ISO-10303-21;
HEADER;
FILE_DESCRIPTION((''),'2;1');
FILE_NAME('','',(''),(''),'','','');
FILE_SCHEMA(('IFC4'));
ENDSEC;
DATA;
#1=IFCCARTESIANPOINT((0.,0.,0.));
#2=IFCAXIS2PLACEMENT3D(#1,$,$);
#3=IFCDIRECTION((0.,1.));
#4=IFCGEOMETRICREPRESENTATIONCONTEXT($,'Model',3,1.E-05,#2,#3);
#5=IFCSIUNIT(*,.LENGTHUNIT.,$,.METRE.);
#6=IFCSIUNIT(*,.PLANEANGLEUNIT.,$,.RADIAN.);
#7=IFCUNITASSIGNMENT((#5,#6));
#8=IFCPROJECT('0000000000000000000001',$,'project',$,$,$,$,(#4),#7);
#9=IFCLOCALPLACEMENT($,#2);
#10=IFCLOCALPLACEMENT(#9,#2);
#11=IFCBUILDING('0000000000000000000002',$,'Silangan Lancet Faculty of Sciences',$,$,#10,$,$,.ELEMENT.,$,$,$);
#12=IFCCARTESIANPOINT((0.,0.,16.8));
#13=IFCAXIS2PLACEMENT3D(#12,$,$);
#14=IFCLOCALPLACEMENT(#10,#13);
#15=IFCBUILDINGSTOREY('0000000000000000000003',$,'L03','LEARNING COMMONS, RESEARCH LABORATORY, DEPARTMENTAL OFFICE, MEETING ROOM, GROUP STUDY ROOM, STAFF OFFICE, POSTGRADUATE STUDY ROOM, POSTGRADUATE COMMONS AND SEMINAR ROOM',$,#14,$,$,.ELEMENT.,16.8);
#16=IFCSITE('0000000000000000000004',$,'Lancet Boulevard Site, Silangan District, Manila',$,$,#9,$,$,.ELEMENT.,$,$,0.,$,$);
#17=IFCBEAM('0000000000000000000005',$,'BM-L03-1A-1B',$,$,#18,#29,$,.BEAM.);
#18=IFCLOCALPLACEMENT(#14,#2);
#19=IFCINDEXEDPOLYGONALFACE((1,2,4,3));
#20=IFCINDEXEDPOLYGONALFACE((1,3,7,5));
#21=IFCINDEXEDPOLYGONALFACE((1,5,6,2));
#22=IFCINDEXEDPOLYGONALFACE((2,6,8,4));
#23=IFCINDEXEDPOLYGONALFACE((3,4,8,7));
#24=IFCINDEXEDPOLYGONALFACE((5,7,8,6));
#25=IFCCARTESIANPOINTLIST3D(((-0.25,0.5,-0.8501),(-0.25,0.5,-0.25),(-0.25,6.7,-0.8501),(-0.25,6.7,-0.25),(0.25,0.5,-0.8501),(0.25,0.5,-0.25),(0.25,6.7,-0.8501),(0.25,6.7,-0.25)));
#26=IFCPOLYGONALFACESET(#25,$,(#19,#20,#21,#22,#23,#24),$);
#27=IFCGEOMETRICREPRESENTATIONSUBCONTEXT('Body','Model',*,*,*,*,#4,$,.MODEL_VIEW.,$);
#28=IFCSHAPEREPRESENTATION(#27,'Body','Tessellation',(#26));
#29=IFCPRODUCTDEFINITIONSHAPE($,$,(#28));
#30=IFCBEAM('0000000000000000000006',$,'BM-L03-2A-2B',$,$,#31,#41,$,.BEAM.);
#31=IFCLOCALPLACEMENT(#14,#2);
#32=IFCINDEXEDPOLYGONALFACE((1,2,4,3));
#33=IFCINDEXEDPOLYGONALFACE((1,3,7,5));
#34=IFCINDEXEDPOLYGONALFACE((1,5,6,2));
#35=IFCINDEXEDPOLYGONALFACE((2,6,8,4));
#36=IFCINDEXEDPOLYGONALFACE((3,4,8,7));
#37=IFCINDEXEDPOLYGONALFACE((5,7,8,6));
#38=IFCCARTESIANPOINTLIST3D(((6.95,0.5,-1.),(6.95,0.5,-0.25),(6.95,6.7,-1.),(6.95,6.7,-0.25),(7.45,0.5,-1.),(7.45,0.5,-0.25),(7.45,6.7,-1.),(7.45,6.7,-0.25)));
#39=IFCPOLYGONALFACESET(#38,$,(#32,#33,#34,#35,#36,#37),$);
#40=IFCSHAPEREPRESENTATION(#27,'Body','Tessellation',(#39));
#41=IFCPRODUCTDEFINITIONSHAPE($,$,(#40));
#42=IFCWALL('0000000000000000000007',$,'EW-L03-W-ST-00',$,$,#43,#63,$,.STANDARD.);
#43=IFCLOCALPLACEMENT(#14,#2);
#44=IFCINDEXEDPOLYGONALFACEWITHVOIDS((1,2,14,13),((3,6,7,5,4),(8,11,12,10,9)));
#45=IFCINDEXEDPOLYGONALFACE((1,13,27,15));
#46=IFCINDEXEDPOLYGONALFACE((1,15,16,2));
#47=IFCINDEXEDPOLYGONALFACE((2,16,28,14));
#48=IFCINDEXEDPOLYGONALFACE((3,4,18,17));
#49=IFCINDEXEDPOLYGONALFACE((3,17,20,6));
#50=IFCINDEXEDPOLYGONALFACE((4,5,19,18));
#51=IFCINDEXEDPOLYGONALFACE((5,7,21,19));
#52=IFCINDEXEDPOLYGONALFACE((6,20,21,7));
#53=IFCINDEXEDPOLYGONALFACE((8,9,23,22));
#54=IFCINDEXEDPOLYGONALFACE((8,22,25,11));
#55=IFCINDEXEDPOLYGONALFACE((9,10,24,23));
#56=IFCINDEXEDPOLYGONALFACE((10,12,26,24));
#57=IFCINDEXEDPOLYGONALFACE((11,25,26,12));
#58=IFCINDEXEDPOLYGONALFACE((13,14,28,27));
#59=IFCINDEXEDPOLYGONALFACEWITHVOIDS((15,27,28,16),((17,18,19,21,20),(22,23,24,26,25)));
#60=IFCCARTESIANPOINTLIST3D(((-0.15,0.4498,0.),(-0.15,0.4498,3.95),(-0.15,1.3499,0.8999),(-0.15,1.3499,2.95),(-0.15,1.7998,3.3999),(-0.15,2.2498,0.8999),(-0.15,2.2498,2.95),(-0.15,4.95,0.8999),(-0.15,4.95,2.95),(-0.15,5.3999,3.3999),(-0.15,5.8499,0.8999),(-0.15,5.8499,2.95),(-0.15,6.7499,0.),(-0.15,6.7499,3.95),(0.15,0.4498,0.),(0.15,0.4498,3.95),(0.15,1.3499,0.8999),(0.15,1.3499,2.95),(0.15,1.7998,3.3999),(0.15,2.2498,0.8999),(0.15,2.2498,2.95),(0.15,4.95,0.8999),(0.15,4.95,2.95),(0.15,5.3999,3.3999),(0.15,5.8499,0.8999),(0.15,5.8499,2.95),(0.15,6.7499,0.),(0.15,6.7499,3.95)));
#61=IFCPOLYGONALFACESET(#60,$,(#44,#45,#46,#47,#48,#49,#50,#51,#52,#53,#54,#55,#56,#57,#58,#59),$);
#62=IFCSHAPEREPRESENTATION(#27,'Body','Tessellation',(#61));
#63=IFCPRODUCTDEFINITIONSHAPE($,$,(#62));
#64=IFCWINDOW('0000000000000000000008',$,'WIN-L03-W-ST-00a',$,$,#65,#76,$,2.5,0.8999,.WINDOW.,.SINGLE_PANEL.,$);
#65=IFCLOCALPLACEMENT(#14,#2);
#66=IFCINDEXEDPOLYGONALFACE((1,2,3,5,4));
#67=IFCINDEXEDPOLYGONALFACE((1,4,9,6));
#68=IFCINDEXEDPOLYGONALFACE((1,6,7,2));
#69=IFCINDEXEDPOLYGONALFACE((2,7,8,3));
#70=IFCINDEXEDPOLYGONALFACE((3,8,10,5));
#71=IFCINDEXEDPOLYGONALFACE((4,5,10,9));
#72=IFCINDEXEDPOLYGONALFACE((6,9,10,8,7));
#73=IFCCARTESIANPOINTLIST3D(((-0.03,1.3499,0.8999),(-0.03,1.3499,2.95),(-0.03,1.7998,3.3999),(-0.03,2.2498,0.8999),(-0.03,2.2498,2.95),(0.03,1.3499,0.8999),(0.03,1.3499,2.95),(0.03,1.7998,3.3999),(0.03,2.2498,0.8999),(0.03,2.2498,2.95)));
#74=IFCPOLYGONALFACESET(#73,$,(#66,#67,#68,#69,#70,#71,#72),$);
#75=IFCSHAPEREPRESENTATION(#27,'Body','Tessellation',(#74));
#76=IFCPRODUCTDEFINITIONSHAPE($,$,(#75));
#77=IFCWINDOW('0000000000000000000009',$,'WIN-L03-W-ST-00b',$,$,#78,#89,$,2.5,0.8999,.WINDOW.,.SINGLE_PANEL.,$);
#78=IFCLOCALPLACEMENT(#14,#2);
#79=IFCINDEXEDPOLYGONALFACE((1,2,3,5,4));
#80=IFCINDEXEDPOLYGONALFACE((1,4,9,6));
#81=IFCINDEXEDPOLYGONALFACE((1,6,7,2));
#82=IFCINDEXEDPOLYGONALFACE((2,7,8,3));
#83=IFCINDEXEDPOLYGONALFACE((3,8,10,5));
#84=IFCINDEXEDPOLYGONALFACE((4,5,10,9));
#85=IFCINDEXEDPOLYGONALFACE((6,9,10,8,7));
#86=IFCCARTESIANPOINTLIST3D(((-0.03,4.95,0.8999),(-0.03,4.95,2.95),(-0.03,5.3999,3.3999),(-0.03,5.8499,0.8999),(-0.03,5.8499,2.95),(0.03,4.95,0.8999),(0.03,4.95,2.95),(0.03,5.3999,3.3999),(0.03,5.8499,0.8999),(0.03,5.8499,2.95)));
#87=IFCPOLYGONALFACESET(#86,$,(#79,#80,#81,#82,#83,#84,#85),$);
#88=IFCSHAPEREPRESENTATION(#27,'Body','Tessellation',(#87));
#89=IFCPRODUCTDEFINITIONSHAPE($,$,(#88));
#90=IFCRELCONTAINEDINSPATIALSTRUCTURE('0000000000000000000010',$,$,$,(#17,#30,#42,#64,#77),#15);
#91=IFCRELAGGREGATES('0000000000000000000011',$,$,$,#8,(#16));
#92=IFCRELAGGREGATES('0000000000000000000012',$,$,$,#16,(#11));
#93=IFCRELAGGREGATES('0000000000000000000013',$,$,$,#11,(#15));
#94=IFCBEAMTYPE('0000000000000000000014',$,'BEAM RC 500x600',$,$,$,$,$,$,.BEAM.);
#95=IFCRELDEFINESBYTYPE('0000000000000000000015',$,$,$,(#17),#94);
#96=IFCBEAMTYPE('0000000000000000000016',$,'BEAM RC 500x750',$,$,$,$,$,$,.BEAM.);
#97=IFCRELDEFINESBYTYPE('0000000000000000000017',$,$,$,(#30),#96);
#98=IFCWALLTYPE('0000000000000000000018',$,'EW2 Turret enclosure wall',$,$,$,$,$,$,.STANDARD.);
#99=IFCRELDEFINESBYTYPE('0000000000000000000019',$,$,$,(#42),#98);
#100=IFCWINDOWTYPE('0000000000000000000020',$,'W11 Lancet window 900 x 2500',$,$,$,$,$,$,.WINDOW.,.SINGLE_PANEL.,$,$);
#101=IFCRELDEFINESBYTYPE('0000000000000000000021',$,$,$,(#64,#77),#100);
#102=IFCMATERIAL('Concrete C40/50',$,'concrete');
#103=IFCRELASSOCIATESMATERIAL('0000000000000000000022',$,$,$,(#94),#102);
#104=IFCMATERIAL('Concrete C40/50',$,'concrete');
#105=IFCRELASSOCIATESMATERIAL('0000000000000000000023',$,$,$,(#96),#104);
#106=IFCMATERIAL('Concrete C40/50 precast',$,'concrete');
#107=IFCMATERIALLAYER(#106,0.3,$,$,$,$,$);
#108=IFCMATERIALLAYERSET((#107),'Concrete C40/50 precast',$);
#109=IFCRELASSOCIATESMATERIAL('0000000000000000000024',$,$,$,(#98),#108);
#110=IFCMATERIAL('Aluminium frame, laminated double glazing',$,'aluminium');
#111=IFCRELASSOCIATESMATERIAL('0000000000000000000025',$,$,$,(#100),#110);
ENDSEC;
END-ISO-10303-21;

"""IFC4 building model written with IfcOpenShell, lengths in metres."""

from ifc_helpers import new_model, si_unit, direction, frame, frame_2d, origin, origin_2d, place, context, subcontext, project, spatial, polyline, rectangle, outline, extrude, material, layer, layer_set, material_profile, profile_set, type_object, element, fill, save


model = new_model("IFC4")

# Units and contexts
model_context = context("Model", 3, precision=1e-05, world=origin(), true_north=direction((0.0, 1.0)))
body_context = subcontext(model_context, "Body", "Model", "MODEL_VIEW")
ifc_project = project(units=[si_unit("LENGTHUNIT", "METRE"), si_unit("PLANEANGLEUNIT", "RADIAN")], contexts=[model_context])

# Site, building, storey
site_placement = place(None, origin())
site = spatial("IfcSite", under=ifc_project, at=site_placement, Name="Lancet Boulevard Site, Silangan District, Manila", CompositionType="ELEMENT", RefElevation=0.0)
building_placement = place(site_placement, origin())
building = spatial("IfcBuilding", under=site, at=building_placement, Name="Silangan Lancet Faculty of Sciences", CompositionType="ELEMENT")
storey_placement = place(building_placement, frame((0.0, 0.0, 16.8)))
storey = spatial("IfcBuildingStorey", under=building, at=storey_placement, Name="L03", Description="LEARNING COMMONS, RESEARCH LABORATORY, DEPARTMENTAL OFFICE, MEETING ROOM, GROUP STUDY ROOM, STAFF OFFICE, POSTGRADUATE STUDY ROOM, POSTGRADUATE COMMONS AND SEMINAR ROOM", CompositionType="ELEMENT", Elevation=16.8)

# Beams
ifc_material_1 = material(Name="Concrete C40/50", Category="concrete")
ifc_material_profile_1 = material_profile(ifc_material_1, rectangle(XDim=0.5, YDim=0.6001, at=origin_2d()), Name="RC 500x600")
ifc_profile_set_1 = profile_set([ifc_material_profile_1], Name="Concrete C40/50")
beam_type_1 = type_object("IfcBeamType", Name="BEAM RC 500x600", PredefinedType="BEAM", material=ifc_profile_set_1)
beam_1_placement = place(storey_placement, frame((0.0, 0.5, -0.55), z_axis=(0.0, 1.0, 0.0), x_axis=(-1.0, 0.0, 0.0)))
element("IfcBeam", 1, at=beam_1_placement, inside=storey, type_object=beam_type_1, Name="BM-L03-1A-1B", PredefinedType="BEAM", context=body_context, shape_type="SweptSolid", body=[
    extrude(rectangle(XDim=0.5, YDim=0.6001, at=origin_2d()), origin(), (0.0, 0.0, 1.0), 6.2),
])
ifc_material_2 = material(Name="Concrete C40/50", Category="concrete")
ifc_material_profile_2 = material_profile(ifc_material_2, rectangle(XDim=0.5, YDim=0.75, at=origin_2d()), Name="RC 500x750")
ifc_profile_set_2 = profile_set([ifc_material_profile_2], Name="Concrete C40/50")
beam_type_2 = type_object("IfcBeamType", Name="BEAM RC 500x750", PredefinedType="BEAM", material=ifc_profile_set_2)
beam_2_placement = place(storey_placement, frame((7.2, 0.5, -0.625), z_axis=(0.0, 1.0, 0.0), x_axis=(-1.0, 0.0, 0.0)))
element("IfcBeam", 2, at=beam_2_placement, inside=storey, type_object=beam_type_2, Name="BM-L03-2A-2B", PredefinedType="BEAM", context=body_context, shape_type="SweptSolid", body=[
    extrude(rectangle(XDim=0.5, YDim=0.75, at=origin_2d()), origin(), (0.0, 0.0, 1.0), 6.2),
])

# Wall, openings, windows
ifc_material_3 = material(Name="Concrete C40/50 precast", Category="concrete")
ifc_layer_1 = layer(ifc_material_3, 0.3)
ifc_layer_set_1 = layer_set([ifc_layer_1], Name="Concrete C40/50 precast")
wall_type_1 = type_object("IfcWallType", Name="EW2 Turret enclosure wall", PredefinedType="STANDARD", material=ifc_layer_set_1)
wall_1_placement = place(storey_placement, frame((0.0, 0.45, 0.0), z_axis=(0.0, 0.0, 1.0), x_axis=(0.0, 1.0, 0.0)))
wall_1 = element("IfcWall", 3, at=wall_1_placement, inside=storey, type_object=wall_type_1, Name="EW-L03-W-ST-00", PredefinedType="STANDARD", context=body_context, shape_type="SweptSolid", body=[
    extrude(rectangle(XDim=6.3, YDim=0.3, at=frame_2d((3.1499, 0.0))), origin(), (0.0, 0.0, 1.0), 3.95),
])
opening_1_placement = place(wall_1_placement, frame((0.8999, 0.0, 0.8999)))
opening_1 = element("IfcOpeningElement", 4, at=opening_1_placement, cuts=wall_1, PredefinedType="OPENING", context=body_context, shape_type="SweptSolid", body=[
    extrude(outline(polyline([(0.0, 0.0), (0.8999, 0.0), (0.8999, 2.05), (0.45, 2.5), (0.0, 2.05), (0.0, 0.0)])), frame((0.0, 0.1599, 0.0), z_axis=(0.0, -1.0, 0.0), x_axis=(1.0, 0.0, 0.0)), (0.0, 0.0, 1.0), 0.3201),
])
opening_2_placement = place(wall_1_placement, frame((4.5, 0.0, 0.8999)))
opening_2 = element("IfcOpeningElement", 5, at=opening_2_placement, cuts=wall_1, PredefinedType="OPENING", context=body_context, shape_type="SweptSolid", body=[
    extrude(outline(polyline([(0.0, 0.0), (0.8999, 0.0), (0.8999, 2.05), (0.45, 2.5), (0.0, 2.05), (0.0, 0.0)])), frame((0.0, 0.1599, 0.0), z_axis=(0.0, -1.0, 0.0), x_axis=(1.0, 0.0, 0.0)), (0.0, 0.0, 1.0), 0.3201),
])
ifc_material_4 = material(Name="Aluminium frame, laminated double glazing", Category="aluminium")
window_type = type_object("IfcWindowType", Name="W11 Lancet window 900 x 2500", PartitioningType="SINGLE_PANEL", PredefinedType="WINDOW", material=ifc_material_4)
window_1_placement = place(opening_1_placement, origin())
window_1 = element("IfcWindow", 6, at=window_1_placement, inside=storey, type_object=window_type, Name="WIN-L03-W-ST-00a", OverallHeight=2.5, OverallWidth=0.8999, PartitioningType="SINGLE_PANEL", PredefinedType="WINDOW", context=body_context, shape_type="SweptSolid", body=[
    extrude(outline(polyline([(0.0, 0.0), (0.8999, 0.0), (0.8999, 2.05), (0.45, 2.5), (0.0, 2.05), (0.0, 0.0)])), frame((0.0, 0.03, 0.0), z_axis=(0.0, -1.0, 0.0), x_axis=(1.0, 0.0, 0.0)), (0.0, 0.0, 1.0), 0.0601),
])
fill(opening_1, window_1)
window_2_placement = place(opening_2_placement, origin())
window_2 = element("IfcWindow", 7, at=window_2_placement, inside=storey, type_object=window_type, Name="WIN-L03-W-ST-00b", OverallHeight=2.5, OverallWidth=0.8999, PartitioningType="SINGLE_PANEL", PredefinedType="WINDOW", context=body_context, shape_type="SweptSolid", body=[
    extrude(outline(polyline([(0.0, 0.0), (0.8999, 0.0), (0.8999, 2.05), (0.45, 2.5), (0.0, 2.05), (0.0, 0.0)])), frame((0.0, 0.03, 0.0), z_axis=(0.0, -1.0, 0.0), x_axis=(1.0, 0.0, 0.0)), (0.0, 0.0, 1.0), 0.0601),
])
fill(opening_2, window_2)

save(model, "model.ifc")
